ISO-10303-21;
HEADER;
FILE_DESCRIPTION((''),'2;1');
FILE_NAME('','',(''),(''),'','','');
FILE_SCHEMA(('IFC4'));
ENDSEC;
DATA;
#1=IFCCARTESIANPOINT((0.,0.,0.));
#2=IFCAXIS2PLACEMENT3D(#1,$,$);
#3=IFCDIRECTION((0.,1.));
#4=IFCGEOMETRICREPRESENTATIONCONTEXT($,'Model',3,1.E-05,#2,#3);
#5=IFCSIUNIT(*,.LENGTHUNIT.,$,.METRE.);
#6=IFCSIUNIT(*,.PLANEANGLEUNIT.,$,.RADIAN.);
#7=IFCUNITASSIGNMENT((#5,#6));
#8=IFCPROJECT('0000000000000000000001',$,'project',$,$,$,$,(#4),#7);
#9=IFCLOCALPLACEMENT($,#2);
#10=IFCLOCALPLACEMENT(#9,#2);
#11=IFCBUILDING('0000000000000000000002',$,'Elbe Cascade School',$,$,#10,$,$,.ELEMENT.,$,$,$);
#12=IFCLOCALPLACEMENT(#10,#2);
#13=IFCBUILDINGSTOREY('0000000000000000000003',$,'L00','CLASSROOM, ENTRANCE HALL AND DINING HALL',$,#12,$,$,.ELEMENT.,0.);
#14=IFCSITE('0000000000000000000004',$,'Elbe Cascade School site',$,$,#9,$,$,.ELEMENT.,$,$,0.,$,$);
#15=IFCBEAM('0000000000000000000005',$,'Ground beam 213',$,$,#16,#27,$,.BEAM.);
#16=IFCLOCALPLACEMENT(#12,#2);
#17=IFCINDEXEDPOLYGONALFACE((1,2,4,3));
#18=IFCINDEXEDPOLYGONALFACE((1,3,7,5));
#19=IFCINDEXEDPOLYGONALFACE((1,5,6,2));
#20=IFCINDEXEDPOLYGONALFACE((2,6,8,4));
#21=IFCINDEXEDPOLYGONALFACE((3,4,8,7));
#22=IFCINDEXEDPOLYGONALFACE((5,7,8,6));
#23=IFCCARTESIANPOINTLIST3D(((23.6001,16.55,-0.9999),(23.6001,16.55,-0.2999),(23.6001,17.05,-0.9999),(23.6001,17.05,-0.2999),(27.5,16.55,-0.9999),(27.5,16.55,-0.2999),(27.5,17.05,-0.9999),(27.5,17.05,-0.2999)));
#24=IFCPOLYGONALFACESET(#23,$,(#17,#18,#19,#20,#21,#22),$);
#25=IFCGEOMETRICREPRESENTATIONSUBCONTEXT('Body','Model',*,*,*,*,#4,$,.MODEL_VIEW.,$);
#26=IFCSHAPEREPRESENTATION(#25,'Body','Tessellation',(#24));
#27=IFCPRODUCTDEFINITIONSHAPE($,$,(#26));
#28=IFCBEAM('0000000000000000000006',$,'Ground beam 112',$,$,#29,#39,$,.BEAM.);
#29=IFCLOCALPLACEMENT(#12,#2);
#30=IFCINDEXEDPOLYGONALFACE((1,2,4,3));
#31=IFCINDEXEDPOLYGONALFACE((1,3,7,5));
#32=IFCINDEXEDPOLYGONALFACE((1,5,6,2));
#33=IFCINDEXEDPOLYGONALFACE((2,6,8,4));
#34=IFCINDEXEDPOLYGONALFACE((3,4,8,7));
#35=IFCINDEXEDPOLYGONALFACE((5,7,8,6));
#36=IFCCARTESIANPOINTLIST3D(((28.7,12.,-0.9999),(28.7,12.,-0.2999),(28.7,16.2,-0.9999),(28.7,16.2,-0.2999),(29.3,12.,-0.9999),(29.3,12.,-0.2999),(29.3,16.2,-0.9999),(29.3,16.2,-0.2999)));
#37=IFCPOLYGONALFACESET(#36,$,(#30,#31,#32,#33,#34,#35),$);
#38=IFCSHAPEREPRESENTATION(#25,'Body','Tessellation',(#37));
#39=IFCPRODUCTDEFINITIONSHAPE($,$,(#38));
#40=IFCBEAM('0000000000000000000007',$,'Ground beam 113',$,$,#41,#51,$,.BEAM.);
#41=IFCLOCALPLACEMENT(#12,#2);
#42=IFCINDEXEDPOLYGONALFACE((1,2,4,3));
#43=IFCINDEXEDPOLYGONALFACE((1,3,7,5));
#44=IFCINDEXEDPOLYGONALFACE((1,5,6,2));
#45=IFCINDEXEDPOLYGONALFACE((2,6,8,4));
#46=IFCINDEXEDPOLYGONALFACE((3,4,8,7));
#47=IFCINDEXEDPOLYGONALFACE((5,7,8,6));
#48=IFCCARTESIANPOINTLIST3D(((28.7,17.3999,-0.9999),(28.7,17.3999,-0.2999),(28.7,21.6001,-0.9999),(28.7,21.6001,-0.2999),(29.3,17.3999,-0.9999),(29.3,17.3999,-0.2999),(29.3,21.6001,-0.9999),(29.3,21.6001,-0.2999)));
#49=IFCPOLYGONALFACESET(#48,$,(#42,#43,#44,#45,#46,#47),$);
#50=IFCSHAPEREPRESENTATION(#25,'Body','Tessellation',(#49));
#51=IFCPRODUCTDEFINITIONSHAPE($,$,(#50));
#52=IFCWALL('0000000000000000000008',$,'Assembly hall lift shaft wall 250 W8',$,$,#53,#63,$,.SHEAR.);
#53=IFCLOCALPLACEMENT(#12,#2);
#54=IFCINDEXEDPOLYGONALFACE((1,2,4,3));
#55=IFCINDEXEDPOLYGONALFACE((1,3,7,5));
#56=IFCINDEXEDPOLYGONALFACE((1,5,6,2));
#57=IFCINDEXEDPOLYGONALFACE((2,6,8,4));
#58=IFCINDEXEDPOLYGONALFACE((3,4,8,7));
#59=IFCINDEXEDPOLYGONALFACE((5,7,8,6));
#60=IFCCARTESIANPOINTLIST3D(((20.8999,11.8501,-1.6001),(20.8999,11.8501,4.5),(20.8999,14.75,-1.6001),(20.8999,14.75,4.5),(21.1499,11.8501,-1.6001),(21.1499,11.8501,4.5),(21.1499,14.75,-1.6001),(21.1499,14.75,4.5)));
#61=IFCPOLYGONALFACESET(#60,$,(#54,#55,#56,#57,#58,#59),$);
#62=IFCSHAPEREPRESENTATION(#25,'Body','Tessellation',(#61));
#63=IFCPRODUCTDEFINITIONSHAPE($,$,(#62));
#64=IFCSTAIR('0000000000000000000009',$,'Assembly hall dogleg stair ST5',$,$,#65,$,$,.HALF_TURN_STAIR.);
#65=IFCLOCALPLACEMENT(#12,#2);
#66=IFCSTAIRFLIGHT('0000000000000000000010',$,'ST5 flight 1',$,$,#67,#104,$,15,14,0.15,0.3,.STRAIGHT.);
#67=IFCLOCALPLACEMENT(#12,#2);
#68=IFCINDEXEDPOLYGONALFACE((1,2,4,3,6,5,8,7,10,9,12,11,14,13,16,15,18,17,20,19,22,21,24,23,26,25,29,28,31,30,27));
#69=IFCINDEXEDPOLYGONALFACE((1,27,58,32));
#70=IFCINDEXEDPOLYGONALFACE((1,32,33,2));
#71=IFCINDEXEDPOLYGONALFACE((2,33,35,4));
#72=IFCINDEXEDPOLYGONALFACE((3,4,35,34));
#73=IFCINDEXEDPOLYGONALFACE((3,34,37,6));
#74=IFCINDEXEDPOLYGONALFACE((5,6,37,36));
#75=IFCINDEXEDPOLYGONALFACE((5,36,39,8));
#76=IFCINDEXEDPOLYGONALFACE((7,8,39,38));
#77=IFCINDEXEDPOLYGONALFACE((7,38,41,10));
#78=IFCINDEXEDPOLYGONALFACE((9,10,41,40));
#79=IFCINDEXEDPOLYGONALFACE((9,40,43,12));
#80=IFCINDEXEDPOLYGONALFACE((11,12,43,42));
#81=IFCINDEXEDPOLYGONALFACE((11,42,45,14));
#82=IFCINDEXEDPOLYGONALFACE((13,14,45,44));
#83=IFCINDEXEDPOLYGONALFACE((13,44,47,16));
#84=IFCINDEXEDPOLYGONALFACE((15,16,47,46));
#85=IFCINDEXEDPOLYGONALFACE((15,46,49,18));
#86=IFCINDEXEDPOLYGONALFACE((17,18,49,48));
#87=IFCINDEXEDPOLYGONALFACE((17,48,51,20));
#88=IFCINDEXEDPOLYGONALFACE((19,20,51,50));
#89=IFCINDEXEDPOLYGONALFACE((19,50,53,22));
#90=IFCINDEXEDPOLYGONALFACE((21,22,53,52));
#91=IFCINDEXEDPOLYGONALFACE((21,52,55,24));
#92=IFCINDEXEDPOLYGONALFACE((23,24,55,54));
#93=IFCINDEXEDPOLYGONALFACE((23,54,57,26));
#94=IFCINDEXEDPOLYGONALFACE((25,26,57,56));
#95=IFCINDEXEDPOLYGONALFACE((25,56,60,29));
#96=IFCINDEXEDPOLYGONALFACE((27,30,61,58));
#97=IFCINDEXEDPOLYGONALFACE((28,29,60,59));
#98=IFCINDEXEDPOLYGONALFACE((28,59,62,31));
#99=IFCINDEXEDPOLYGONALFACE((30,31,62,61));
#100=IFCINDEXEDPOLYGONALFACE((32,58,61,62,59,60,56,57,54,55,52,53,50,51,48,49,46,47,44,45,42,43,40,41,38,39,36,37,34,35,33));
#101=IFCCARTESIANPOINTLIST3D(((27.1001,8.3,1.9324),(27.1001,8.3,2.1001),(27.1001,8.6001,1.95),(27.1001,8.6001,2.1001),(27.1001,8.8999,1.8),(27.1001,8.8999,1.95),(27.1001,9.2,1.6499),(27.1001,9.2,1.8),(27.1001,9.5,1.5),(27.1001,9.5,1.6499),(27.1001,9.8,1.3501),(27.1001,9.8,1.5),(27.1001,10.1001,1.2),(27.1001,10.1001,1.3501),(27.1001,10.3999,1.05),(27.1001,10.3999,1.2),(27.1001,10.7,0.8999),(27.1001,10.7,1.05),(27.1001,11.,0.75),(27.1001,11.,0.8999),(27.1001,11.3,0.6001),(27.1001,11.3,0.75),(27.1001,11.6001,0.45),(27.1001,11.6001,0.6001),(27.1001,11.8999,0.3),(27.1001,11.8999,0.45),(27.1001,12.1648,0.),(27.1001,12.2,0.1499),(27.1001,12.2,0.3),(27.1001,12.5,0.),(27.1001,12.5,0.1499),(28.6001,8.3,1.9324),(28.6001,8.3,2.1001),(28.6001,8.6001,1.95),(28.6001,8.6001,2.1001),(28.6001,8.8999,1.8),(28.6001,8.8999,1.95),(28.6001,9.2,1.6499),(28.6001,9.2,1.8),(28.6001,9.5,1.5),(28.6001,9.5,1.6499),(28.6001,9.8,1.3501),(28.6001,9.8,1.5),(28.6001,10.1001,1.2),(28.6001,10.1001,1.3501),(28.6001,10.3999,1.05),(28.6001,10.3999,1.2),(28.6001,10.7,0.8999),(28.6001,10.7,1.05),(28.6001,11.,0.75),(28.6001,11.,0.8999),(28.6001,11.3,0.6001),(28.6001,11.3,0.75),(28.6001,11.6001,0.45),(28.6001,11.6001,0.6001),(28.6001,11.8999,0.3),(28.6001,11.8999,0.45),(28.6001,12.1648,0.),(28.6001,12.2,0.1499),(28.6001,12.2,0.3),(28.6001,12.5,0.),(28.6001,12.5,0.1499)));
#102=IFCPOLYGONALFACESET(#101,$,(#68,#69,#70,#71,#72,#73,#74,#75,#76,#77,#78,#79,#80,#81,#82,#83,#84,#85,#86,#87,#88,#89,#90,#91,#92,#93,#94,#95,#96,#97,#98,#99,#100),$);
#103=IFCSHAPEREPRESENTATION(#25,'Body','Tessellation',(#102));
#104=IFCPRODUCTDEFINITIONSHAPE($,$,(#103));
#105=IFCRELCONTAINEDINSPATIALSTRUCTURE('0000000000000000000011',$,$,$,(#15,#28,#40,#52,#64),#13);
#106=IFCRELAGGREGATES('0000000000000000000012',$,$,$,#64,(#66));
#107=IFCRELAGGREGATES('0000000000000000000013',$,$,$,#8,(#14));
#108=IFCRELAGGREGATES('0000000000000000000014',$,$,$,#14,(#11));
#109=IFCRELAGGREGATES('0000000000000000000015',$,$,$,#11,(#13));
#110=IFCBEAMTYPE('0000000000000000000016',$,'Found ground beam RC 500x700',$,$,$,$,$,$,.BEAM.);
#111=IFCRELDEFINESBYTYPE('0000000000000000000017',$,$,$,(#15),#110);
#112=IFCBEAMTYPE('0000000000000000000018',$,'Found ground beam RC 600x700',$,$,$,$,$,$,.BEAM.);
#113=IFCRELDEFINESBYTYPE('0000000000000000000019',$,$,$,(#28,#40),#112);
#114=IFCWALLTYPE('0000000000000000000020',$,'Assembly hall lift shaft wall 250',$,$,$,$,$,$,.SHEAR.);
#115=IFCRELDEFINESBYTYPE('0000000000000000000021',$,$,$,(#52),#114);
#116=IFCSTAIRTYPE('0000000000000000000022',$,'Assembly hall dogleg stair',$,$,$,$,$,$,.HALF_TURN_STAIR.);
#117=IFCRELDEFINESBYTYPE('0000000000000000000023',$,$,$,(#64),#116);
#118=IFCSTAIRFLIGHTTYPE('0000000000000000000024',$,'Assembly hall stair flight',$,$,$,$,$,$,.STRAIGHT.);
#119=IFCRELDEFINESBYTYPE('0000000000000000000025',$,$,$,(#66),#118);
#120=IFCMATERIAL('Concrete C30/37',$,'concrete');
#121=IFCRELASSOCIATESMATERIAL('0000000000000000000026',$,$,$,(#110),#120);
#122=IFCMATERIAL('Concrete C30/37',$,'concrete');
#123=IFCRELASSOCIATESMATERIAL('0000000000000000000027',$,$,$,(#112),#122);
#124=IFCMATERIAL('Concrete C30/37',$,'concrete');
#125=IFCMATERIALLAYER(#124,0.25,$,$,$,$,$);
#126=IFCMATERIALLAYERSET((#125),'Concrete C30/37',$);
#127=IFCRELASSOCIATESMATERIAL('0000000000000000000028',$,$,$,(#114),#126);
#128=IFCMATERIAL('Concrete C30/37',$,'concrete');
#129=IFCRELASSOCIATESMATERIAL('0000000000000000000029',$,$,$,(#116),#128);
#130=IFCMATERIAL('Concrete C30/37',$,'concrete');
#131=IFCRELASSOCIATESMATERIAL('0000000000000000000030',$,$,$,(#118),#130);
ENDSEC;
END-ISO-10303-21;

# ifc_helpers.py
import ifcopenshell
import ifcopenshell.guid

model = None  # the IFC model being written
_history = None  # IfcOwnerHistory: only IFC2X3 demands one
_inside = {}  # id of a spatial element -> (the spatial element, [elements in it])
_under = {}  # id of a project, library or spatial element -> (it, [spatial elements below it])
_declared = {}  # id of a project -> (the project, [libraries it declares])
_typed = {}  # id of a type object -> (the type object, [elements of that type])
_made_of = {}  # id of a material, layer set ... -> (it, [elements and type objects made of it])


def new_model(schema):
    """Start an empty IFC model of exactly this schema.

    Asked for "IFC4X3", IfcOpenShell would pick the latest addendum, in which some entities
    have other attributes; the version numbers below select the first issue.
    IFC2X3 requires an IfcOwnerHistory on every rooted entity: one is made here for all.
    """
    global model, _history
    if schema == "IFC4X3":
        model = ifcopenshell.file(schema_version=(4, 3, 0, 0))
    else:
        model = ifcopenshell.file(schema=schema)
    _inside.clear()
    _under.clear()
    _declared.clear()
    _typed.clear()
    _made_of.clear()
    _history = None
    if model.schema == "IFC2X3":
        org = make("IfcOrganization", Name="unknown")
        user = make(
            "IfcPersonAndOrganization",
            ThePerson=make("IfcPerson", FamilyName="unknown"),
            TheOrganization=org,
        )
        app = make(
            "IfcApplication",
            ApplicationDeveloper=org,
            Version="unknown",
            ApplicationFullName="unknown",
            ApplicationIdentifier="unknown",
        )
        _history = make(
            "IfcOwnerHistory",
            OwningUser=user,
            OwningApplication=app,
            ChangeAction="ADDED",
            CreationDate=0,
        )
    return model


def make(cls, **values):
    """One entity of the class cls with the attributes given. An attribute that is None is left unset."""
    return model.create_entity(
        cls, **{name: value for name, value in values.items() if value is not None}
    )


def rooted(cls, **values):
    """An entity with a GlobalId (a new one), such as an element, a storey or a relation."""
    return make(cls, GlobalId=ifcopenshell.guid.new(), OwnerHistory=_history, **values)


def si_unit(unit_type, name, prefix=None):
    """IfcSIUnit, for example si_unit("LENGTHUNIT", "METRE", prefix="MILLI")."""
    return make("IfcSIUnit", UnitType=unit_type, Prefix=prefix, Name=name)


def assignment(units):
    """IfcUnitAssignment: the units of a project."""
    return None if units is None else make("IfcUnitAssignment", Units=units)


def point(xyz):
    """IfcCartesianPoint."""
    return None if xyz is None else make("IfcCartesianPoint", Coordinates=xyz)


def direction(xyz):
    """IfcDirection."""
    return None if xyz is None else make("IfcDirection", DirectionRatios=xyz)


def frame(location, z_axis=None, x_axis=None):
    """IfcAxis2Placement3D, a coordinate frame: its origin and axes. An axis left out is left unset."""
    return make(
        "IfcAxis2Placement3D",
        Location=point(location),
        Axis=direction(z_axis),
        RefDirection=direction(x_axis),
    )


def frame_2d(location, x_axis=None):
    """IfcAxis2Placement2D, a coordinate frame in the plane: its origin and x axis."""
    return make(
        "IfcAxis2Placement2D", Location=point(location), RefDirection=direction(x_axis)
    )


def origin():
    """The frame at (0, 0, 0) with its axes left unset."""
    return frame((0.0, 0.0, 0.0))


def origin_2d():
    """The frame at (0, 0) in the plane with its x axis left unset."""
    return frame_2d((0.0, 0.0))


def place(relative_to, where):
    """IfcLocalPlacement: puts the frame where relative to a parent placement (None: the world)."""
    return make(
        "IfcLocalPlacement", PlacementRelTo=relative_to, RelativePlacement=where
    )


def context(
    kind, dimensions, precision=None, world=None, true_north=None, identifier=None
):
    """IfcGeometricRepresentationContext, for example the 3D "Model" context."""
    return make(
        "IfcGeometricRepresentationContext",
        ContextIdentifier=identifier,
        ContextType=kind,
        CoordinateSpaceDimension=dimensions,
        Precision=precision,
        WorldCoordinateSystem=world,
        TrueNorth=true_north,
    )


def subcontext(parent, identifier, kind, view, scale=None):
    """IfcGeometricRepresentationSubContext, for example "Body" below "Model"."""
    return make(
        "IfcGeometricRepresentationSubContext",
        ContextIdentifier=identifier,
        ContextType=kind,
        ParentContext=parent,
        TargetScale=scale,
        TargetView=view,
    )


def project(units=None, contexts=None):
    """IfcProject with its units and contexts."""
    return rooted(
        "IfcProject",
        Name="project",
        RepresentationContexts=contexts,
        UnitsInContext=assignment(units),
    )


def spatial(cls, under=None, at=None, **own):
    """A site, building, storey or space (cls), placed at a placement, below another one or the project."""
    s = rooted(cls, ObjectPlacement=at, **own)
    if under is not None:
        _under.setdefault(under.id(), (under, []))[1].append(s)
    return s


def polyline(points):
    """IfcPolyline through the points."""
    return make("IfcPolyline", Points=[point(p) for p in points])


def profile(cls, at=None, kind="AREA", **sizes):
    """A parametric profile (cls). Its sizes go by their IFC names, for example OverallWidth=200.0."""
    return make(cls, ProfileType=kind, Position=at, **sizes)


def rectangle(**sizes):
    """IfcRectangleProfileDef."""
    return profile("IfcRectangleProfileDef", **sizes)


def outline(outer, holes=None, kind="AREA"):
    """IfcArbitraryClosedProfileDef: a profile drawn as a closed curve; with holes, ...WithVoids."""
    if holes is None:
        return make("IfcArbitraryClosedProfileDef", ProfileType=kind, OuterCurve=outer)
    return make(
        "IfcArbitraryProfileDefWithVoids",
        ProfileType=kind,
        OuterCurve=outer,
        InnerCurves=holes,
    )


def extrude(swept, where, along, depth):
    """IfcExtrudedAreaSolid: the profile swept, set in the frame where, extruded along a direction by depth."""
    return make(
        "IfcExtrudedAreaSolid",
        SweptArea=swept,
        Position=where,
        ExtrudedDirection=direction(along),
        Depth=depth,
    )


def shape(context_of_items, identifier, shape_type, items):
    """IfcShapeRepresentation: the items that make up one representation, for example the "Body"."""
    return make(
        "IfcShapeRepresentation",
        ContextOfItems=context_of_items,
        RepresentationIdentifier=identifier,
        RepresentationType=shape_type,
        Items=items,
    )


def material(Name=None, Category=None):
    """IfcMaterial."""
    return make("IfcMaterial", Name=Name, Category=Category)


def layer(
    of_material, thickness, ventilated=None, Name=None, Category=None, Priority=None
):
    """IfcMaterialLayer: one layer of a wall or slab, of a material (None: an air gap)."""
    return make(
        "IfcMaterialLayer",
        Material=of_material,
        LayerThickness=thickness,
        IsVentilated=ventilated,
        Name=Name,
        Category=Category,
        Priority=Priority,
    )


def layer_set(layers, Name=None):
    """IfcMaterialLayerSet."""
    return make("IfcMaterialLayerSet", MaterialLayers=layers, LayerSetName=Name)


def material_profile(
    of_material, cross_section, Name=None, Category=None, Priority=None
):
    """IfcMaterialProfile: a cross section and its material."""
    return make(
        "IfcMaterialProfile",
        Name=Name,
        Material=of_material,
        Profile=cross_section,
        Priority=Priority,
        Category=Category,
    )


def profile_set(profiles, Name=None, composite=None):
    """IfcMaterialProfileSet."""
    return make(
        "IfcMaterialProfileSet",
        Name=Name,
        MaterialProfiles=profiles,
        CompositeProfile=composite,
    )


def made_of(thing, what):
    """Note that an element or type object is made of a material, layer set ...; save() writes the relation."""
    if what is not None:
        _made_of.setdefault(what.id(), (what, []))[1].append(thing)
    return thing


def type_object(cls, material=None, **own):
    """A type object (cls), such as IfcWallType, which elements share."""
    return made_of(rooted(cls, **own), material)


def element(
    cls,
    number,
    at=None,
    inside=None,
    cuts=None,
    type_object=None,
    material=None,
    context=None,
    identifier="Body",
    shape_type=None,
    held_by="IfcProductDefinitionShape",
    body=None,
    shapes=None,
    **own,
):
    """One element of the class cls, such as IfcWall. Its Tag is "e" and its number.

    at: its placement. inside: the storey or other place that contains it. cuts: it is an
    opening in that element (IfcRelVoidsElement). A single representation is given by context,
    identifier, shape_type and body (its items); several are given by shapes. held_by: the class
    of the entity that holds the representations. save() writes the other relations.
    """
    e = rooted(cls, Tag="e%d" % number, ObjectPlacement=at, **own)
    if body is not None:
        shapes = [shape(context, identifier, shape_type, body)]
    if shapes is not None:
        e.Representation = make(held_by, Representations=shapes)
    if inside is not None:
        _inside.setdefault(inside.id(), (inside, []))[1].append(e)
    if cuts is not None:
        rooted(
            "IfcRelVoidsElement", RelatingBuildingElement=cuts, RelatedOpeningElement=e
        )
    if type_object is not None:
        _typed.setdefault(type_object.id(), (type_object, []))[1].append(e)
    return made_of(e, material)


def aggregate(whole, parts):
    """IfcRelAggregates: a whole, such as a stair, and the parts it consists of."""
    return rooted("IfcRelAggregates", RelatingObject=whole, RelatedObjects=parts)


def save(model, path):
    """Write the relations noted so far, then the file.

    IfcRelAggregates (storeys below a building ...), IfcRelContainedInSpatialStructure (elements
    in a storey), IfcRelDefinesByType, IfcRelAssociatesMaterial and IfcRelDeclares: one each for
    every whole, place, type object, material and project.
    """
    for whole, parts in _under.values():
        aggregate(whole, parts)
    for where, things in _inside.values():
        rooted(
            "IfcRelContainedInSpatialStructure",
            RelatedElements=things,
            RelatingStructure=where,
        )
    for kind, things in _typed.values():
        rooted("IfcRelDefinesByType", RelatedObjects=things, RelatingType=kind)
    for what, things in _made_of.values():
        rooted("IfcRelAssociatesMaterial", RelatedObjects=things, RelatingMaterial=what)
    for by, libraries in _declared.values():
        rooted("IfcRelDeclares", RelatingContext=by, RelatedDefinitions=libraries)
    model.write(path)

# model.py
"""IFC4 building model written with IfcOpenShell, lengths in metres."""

from ifc_helpers import new_model, si_unit, direction, frame, frame_2d, origin, origin_2d, place, context, subcontext, project, spatial, polyline, rectangle, outline, extrude, material, layer, layer_set, material_profile, profile_set, type_object, element, aggregate, save


model = new_model("IFC4")

# Units and contexts
model_context = context("Model", 3, precision=1e-05, world=origin(), true_north=direction((0.0, 1.0)))
body_context = subcontext(model_context, "Body", "Model", "MODEL_VIEW")
ifc_project = project(units=[si_unit("LENGTHUNIT", "METRE"), si_unit("PLANEANGLEUNIT", "RADIAN")], contexts=[model_context])

# Site, building, storey
site_placement = place(None, origin())
site = spatial("IfcSite", under=ifc_project, at=site_placement, Name="Elbe Cascade School site", CompositionType="ELEMENT", RefElevation=0.0)
building_placement = place(site_placement, origin())
building = spatial("IfcBuilding", under=site, at=building_placement, Name="Elbe Cascade School", CompositionType="ELEMENT")
storey_placement = place(building_placement, origin())
storey = spatial("IfcBuildingStorey", under=building, at=storey_placement, Name="L00", Description="CLASSROOM, ENTRANCE HALL AND DINING HALL", CompositionType="ELEMENT", Elevation=0.0)

# Beams
ifc_material_1 = material(Name="Concrete C30/37", Category="concrete")
ifc_material_profile_1 = material_profile(ifc_material_1, rectangle(XDim=0.5, YDim=0.7, at=origin_2d()), Name="RC 500x700")
ifc_profile_set_1 = profile_set([ifc_material_profile_1], Name="Concrete C30/37")
beam_type_1 = type_object("IfcBeamType", Name="Found ground beam RC 500x700", PredefinedType="BEAM", material=ifc_profile_set_1)
beam_1_placement = place(storey_placement, frame((23.6001, 16.8, -0.6499), z_axis=(1.0, 0.0, 0.0), x_axis=(0.0, 1.0, 0.0)))
element("IfcBeam", 1, at=beam_1_placement, inside=storey, type_object=beam_type_1, Name="Ground beam 213", PredefinedType="BEAM", context=body_context, shape_type="SweptSolid", body=[
    extrude(rectangle(XDim=0.5, YDim=0.7, at=origin_2d()), origin(), (0.0, 0.0, 1.0), 3.8999),
])
ifc_material_2 = material(Name="Concrete C30/37", Category="concrete")
ifc_material_profile_2 = material_profile(ifc_material_2, rectangle(XDim=0.6001, YDim=0.7, at=origin_2d()), Name="RC 600x700")
ifc_profile_set_2 = profile_set([ifc_material_profile_2], Name="Concrete C30/37")
beam_type_2 = type_object("IfcBeamType", Name="Found ground beam RC 600x700", PredefinedType="BEAM", material=ifc_profile_set_2)
beam_2_placement = place(storey_placement, frame((29.0, 12.0, -0.6499), z_axis=(0.0, 1.0, 0.0), x_axis=(-1.0, 0.0, 0.0)))
element("IfcBeam", 2, at=beam_2_placement, inside=storey, type_object=beam_type_2, Name="Ground beam 112", PredefinedType="BEAM", context=body_context, shape_type="SweptSolid", body=[
    extrude(rectangle(XDim=0.6001, YDim=0.7, at=origin_2d()), origin(), (0.0, 0.0, 1.0), 4.2),
])
beam_3_placement = place(storey_placement, frame((29.0, 17.3999, -0.6499), z_axis=(0.0, 1.0, 0.0), x_axis=(-1.0, 0.0, 0.0)))
element("IfcBeam", 3, at=beam_3_placement, inside=storey, type_object=beam_type_2, Name="Ground beam 113", PredefinedType="BEAM", context=body_context, shape_type="SweptSolid", body=[
    extrude(rectangle(XDim=0.6001, YDim=0.7, at=origin_2d()), origin(), (0.0, 0.0, 1.0), 4.2002),
])

# Wall
ifc_material_3 = material(Name="Concrete C30/37", Category="concrete")
ifc_layer_1 = layer(ifc_material_3, 0.25)
ifc_layer_set_1 = layer_set([ifc_layer_1], Name="Concrete C30/37")
wall_type_1 = type_object("IfcWallType", Name="Assembly hall lift shaft wall 250", PredefinedType="SHEAR", material=ifc_layer_set_1)
wall_1_placement = place(storey_placement, frame((21.0249, 11.8501, -1.6001), z_axis=(0.0, 0.0, 1.0), x_axis=(0.0, 1.0, 0.0)))
element("IfcWall", 4, at=wall_1_placement, inside=storey, type_object=wall_type_1, Name="Assembly hall lift shaft wall 250 W8", PredefinedType="SHEAR", context=body_context, shape_type="SweptSolid", body=[
    extrude(rectangle(XDim=2.8999, YDim=0.25, at=frame_2d((1.45, 0.0))), origin(), (0.0, 0.0, 1.0), 6.1001),
])

# Stair, stair flight
ifc_material_4 = material(Name="Concrete C30/37", Category="concrete")
stair_type = type_object("IfcStairType", Name="Assembly hall dogleg stair", PredefinedType="HALF_TURN_STAIR", material=ifc_material_4)
stair_placement = place(storey_placement, origin())
stair = element("IfcStair", 5, at=stair_placement, inside=storey, type_object=stair_type, Name="Assembly hall dogleg stair ST5", PredefinedType="HALF_TURN_STAIR")
ifc_material_5 = material(Name="Concrete C30/37", Category="concrete")
stair_flight_type = type_object("IfcStairFlightType", Name="Assembly hall stair flight", PredefinedType="STRAIGHT", material=ifc_material_5)
stair_flight_placement = place(storey_placement, frame((27.8501, 12.5, 0.0), z_axis=(0.0, 0.0, 1.0), x_axis=(0.0, -1.0, 0.0)))
stair_flight = element("IfcStairFlight", 6, at=stair_flight_placement, type_object=stair_flight_type, Name="ST5 flight 1", NumberOfRisers=15, NumberOfTreads=14, PredefinedType="STRAIGHT", RiserHeight=0.15, TreadLength=0.3, context=body_context, shape_type="SweptSolid", body=[
    extrude(outline(polyline([(0.0, 0.0), (0.0, 0.1499), (0.3, 0.1499), (0.3, 0.3), (0.6001, 0.3), (0.6001, 0.45), (0.8999, 0.45), (0.8999, 0.6001), (1.2, 0.6001), (1.2, 0.75), (1.5, 0.75), (1.5, 0.8999), (1.8, 0.8999), (1.8, 1.05), (2.1001, 1.05), (2.1001, 1.2), (2.3999, 1.2), (2.3999, 1.3501), (2.7, 1.3501), (2.7, 1.5), (3.0, 1.5), (3.0, 1.6499), (3.3, 1.6499), (3.3, 1.8), (3.6001, 1.8), (3.6001, 1.95), (3.8999, 1.95), (3.8999, 2.1001), (4.2, 2.1001), (4.2, 2.25), (4.2, 1.9324), (0.3352, 0.0), (0.0, 0.0)])), frame((0.0, 0.75, 0.0), z_axis=(0.0, -1.0, 0.0), x_axis=(1.0, 0.0, 0.0)), (0.0, 0.0, 1.0), 1.5),
])
aggregate(stair, [stair_flight])

save(model, "model.ifc")
